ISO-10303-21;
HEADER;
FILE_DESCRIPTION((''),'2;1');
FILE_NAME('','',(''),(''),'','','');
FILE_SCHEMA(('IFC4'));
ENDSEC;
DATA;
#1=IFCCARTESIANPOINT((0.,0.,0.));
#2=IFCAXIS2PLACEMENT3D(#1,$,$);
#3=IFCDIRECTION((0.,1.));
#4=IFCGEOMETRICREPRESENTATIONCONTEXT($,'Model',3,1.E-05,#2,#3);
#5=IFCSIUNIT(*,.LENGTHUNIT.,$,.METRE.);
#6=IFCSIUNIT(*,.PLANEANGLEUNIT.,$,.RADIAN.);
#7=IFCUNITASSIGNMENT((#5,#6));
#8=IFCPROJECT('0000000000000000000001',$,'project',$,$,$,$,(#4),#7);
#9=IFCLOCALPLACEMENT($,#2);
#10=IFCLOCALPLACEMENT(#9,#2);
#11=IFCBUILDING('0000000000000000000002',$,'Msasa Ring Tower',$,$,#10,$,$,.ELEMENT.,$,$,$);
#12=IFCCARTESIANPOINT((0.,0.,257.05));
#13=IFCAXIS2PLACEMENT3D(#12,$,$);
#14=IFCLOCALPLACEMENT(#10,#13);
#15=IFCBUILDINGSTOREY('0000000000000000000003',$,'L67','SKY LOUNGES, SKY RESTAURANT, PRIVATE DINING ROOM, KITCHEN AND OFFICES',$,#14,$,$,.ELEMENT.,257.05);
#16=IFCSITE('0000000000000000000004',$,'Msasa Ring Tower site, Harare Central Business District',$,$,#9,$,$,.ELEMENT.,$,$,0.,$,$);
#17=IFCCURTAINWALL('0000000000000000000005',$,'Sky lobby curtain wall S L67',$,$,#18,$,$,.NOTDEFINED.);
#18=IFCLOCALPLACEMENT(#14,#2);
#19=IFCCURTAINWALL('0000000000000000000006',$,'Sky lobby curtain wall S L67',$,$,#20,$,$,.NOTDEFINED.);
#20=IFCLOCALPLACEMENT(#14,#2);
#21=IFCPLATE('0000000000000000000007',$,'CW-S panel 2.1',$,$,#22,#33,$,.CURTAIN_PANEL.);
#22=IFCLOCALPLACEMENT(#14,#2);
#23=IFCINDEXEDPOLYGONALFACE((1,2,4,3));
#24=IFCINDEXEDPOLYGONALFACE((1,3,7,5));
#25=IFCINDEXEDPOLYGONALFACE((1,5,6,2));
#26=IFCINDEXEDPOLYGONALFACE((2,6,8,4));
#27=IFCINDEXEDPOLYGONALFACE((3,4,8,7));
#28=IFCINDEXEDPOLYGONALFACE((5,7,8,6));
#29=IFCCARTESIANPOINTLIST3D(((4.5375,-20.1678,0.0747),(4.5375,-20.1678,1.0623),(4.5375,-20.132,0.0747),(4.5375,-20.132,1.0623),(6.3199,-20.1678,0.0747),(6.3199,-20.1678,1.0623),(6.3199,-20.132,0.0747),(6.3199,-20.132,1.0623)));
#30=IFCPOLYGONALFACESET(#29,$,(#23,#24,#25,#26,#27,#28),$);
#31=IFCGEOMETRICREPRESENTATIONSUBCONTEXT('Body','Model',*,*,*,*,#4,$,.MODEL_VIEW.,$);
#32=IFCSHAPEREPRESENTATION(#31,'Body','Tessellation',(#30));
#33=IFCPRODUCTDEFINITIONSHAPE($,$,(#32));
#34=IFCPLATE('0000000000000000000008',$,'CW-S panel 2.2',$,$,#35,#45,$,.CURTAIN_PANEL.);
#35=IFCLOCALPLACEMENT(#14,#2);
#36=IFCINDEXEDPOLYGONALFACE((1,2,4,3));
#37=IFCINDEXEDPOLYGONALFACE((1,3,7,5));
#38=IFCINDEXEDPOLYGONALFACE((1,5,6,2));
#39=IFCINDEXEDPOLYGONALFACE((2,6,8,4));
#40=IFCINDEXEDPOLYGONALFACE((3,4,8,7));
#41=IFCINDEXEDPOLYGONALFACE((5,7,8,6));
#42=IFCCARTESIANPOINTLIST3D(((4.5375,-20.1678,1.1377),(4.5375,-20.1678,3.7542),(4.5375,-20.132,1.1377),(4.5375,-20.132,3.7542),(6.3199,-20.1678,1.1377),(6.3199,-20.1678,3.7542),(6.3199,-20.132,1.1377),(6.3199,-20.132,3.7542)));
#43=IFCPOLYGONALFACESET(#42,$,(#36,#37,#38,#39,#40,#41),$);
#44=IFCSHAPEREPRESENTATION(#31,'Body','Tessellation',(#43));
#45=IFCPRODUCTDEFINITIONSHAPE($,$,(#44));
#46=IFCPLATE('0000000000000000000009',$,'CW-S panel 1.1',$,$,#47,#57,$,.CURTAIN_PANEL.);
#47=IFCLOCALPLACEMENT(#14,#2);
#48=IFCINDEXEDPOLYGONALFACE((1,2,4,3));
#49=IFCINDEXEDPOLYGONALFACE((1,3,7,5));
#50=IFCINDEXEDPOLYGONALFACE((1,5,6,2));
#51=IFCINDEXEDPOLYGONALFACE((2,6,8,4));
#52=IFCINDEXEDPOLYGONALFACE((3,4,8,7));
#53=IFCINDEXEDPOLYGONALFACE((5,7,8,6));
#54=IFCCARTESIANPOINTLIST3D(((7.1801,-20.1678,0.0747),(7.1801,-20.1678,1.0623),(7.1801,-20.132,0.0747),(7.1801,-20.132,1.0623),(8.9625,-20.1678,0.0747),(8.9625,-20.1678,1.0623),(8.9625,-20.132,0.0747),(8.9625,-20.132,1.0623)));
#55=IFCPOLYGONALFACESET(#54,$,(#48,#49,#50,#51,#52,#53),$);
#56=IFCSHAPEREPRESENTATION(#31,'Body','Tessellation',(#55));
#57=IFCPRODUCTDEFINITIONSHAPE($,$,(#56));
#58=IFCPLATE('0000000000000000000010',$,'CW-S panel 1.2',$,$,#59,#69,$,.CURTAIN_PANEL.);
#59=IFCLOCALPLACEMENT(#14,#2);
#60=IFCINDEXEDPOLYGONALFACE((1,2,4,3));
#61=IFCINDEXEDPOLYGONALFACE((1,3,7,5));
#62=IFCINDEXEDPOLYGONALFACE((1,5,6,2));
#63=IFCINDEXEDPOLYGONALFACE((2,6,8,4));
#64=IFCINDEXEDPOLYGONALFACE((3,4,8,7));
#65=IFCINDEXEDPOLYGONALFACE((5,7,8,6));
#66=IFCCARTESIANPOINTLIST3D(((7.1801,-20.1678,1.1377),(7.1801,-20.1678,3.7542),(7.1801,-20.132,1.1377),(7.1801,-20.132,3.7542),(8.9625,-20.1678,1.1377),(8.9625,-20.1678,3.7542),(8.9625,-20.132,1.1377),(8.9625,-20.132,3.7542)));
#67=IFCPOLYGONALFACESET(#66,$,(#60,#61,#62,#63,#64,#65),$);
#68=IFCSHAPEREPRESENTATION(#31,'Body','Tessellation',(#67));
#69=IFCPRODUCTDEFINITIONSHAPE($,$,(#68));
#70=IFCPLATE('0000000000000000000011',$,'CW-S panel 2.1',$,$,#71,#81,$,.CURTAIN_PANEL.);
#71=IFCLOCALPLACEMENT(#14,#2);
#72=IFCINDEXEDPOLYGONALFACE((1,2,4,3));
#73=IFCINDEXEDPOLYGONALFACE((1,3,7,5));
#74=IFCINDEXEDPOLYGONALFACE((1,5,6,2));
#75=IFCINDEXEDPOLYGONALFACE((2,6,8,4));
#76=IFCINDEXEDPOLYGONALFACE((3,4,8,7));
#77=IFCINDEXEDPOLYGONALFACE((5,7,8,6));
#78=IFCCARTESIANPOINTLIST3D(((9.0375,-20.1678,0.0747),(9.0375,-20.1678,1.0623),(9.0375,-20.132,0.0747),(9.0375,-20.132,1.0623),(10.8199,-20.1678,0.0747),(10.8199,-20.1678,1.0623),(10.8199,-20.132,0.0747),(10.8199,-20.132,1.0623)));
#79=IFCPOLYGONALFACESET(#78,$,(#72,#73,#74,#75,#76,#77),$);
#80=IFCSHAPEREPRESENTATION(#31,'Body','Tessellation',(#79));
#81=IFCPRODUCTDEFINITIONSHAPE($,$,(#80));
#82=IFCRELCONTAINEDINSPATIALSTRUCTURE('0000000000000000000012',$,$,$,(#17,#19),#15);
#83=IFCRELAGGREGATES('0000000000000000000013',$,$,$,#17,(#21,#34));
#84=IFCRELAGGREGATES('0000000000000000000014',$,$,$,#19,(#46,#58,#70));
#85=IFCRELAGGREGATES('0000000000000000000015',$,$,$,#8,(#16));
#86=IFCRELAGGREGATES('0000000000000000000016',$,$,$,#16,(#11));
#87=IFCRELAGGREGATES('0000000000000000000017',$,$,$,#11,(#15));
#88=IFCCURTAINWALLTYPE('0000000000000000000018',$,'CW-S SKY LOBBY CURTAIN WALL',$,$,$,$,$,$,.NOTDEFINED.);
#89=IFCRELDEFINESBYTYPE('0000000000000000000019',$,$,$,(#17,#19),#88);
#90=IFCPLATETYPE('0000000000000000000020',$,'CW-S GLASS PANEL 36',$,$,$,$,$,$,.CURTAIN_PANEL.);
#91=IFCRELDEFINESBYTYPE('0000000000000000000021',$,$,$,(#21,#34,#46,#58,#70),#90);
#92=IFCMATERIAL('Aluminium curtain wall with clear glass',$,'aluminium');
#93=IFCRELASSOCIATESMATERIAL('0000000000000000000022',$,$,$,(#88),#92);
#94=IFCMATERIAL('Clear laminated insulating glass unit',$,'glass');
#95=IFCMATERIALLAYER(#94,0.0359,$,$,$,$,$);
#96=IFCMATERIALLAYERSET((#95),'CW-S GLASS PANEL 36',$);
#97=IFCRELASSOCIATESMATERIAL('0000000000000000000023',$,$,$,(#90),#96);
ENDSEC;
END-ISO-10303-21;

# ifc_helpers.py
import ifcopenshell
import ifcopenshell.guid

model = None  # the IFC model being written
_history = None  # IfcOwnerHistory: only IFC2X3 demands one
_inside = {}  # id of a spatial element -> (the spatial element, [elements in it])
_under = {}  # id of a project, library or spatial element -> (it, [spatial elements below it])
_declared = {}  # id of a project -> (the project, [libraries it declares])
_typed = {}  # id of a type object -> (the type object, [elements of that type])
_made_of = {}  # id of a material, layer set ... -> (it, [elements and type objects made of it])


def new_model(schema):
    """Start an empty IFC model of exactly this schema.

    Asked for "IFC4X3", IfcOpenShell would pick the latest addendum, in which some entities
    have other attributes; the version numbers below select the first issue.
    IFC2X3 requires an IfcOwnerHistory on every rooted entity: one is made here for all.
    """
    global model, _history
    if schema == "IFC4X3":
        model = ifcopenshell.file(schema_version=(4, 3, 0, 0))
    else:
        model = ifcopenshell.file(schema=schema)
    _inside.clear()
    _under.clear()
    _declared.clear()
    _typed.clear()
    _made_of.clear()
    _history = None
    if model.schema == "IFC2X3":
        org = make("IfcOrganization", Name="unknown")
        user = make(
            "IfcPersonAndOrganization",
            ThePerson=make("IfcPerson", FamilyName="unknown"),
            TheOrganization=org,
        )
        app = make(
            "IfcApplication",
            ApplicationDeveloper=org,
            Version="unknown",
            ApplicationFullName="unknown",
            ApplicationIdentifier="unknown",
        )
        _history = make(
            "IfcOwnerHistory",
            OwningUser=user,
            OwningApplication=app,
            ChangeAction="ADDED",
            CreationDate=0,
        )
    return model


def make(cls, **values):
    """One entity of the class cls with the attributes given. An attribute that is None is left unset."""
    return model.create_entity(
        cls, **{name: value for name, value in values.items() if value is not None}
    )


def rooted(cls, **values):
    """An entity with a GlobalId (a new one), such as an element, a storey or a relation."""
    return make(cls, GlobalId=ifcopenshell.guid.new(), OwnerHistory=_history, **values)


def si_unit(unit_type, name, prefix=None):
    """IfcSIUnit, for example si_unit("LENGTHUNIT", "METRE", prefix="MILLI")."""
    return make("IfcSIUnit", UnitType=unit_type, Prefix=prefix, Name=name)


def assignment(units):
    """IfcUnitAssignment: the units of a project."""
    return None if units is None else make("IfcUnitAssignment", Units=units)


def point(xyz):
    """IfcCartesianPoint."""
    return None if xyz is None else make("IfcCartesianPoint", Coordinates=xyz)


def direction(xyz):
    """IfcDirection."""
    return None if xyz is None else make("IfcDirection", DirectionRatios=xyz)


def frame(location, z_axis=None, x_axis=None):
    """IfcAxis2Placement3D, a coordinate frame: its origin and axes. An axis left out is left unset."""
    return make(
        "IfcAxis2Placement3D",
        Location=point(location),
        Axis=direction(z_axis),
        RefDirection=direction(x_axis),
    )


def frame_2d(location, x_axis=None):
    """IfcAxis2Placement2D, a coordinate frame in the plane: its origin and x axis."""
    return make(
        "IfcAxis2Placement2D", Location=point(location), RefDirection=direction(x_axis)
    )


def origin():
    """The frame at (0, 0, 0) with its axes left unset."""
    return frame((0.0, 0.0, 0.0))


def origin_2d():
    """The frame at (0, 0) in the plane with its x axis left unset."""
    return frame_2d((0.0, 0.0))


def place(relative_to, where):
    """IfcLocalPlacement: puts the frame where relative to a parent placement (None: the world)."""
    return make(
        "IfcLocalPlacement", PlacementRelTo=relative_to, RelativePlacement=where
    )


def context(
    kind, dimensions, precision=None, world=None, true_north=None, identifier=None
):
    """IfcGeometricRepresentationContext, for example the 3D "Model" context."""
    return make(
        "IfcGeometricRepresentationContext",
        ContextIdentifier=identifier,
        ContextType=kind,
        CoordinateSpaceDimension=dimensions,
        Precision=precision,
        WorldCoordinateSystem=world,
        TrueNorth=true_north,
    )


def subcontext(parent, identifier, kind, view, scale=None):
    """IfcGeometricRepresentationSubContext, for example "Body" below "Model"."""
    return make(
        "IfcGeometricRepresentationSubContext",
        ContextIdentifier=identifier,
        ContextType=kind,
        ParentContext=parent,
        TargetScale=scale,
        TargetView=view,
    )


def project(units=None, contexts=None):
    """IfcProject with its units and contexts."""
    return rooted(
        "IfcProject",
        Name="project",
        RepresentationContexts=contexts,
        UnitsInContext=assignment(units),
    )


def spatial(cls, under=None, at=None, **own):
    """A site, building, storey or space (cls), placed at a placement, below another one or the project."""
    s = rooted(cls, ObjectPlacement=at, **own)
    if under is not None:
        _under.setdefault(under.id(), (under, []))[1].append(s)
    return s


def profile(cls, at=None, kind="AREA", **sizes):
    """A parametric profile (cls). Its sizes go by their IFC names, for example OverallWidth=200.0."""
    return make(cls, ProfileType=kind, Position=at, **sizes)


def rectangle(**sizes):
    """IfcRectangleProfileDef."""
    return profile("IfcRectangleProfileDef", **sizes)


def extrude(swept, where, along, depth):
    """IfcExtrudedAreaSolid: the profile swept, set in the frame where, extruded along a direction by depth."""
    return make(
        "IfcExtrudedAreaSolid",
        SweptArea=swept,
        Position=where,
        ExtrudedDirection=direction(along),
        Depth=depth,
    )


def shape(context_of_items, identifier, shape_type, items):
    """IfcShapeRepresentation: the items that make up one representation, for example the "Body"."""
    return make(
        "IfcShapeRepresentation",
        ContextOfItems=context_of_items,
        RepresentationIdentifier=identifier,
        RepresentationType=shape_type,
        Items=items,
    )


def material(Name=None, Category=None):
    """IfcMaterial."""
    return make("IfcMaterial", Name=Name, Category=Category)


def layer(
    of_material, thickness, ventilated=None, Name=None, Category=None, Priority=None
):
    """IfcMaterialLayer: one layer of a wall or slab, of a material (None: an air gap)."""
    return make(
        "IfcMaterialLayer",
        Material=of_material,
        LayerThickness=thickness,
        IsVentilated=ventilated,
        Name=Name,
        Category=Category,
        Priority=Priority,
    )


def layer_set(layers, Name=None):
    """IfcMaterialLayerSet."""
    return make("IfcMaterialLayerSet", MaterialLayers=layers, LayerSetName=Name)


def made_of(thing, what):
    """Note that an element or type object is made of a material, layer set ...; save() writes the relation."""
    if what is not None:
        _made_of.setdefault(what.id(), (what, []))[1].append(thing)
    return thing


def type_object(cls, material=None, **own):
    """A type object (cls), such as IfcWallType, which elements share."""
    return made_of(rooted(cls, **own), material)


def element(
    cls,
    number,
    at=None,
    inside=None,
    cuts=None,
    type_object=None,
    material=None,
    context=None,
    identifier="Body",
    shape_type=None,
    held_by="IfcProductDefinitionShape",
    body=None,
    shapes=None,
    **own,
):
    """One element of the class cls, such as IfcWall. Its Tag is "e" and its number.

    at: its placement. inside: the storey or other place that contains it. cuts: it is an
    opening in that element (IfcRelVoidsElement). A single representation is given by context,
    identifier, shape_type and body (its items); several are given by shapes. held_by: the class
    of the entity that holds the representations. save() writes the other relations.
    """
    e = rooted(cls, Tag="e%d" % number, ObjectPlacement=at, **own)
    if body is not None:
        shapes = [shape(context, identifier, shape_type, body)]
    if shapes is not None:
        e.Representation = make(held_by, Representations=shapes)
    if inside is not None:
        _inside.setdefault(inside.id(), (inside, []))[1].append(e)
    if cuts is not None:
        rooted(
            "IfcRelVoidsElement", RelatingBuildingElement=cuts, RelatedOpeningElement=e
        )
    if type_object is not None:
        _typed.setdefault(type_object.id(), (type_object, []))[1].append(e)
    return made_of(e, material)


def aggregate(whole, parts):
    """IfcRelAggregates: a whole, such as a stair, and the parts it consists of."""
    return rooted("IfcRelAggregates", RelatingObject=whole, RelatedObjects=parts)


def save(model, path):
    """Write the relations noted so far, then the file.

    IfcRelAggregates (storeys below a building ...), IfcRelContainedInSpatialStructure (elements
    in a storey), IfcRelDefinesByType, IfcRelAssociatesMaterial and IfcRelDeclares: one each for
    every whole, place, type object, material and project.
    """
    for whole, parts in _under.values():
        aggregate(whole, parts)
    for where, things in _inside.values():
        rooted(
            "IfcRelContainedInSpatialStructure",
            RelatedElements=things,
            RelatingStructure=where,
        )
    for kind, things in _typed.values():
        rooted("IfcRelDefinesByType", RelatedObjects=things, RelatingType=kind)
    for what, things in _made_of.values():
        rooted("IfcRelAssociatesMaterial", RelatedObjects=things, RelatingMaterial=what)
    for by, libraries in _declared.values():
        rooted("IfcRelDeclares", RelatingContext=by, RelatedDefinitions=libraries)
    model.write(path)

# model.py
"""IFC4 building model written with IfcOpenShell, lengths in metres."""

from ifc_helpers import new_model, si_unit, direction, frame, origin, origin_2d, place, context, subcontext, project, spatial, rectangle, extrude, material, layer, layer_set, type_object, element, aggregate, save


model = new_model("IFC4")

# Units and contexts
model_context = context("Model", 3, precision=1e-05, world=origin(), true_north=direction((0.0, 1.0)))
body_context = subcontext(model_context, "Body", "Model", "MODEL_VIEW")
ifc_project = project(units=[si_unit("LENGTHUNIT", "METRE"), si_unit("PLANEANGLEUNIT", "RADIAN")], contexts=[model_context])

# Site, building, storey
site_placement = place(None, origin())
site = spatial("IfcSite", under=ifc_project, at=site_placement, Name="Msasa Ring Tower site, Harare Central Business District", CompositionType="ELEMENT", RefElevation=0.0)
building_placement = place(site_placement, origin())
building = spatial("IfcBuilding", under=site, at=building_placement, Name="Msasa Ring Tower", CompositionType="ELEMENT")
storey_placement = place(building_placement, frame((0.0, 0.0, 257.05)))
storey = spatial("IfcBuildingStorey", under=building, at=storey_placement, Name="L67", Description="SKY LOUNGES, SKY RESTAURANT, PRIVATE DINING ROOM, KITCHEN AND OFFICES", CompositionType="ELEMENT", Elevation=257.05)

# Shared definitions
ifc_material_1 = material(Name="Aluminium curtain wall with clear glass", Category="aluminium")
curtain_wall_type = type_object("IfcCurtainWallType", Name="CW-S SKY LOBBY CURTAIN WALL", PredefinedType="NOTDEFINED", material=ifc_material_1)

# Curtain walls
curtain_wall_1_placement = place(storey_placement, origin())
curtain_wall_1 = element("IfcCurtainWall", 1, at=curtain_wall_1_placement, inside=storey, type_object=curtain_wall_type, Name="Sky lobby curtain wall S L67", PredefinedType="NOTDEFINED")
curtain_wall_2_placement = place(storey_placement, origin())
curtain_wall_2 = element("IfcCurtainWall", 2, at=curtain_wall_2_placement, inside=storey, type_object=curtain_wall_type, Name="Sky lobby curtain wall S L67", PredefinedType="NOTDEFINED")

# Plates
ifc_material_2 = material(Name="Clear laminated insulating glass unit", Category="glass")
ifc_layer = layer(ifc_material_2, 0.0359)
ifc_layer_set = layer_set([ifc_layer], Name="CW-S GLASS PANEL 36")
plate_type = type_object("IfcPlateType", Name="CW-S GLASS PANEL 36", PredefinedType="CURTAIN_PANEL", material=ifc_layer_set)
plate_1_placement = place(storey_placement, frame((5.4287, -20.1499, 0.0747), z_axis=(0.0, 0.0, 1.0), x_axis=(1.0, 0.0, 0.0)))
plate_1 = element("IfcPlate", 3, at=plate_1_placement, type_object=plate_type, Name="CW-S panel 2.1", PredefinedType="CURTAIN_PANEL", context=body_context, shape_type="SweptSolid", body=[
    extrude(rectangle(XDim=1.7825, YDim=0.0359, at=origin_2d()), origin(), (0.0, 0.0, 1.0), 0.9875),
])
plate_2_placement = place(storey_placement, frame((5.4287, -20.1499, 1.1377), z_axis=(0.0, 0.0, 1.0), x_axis=(1.0, 0.0, 0.0)))
plate_2 = element("IfcPlate", 4, at=plate_2_placement, type_object=plate_type, Name="CW-S panel 2.2", PredefinedType="CURTAIN_PANEL", context=body_context, shape_type="SweptSolid", body=[
    extrude(rectangle(XDim=1.7825, YDim=0.0359, at=origin_2d()), origin(), (0.0, 0.0, 1.0), 2.6165),
])
aggregate(curtain_wall_1, [plate_1, plate_2])
plate_3_placement = place(storey_placement, frame((8.0713, -20.1499, 0.0747), z_axis=(0.0, 0.0, 1.0), x_axis=(1.0, 0.0, 0.0)))
plate_3 = element("IfcPlate", 5, at=plate_3_placement, type_object=plate_type, Name="CW-S panel 1.1", PredefinedType="CURTAIN_PANEL", context=body_context, shape_type="SweptSolid", body=[
    extrude(rectangle(XDim=1.7825, YDim=0.0359, at=origin_2d()), origin(), (0.0, 0.0, 1.0), 0.9875),
])
plate_4_placement = place(storey_placement, frame((8.0713, -20.1499, 1.1377), z_axis=(0.0, 0.0, 1.0), x_axis=(1.0, 0.0, 0.0)))
plate_4 = element("IfcPlate", 6, at=plate_4_placement, type_object=plate_type, Name="CW-S panel 1.2", PredefinedType="CURTAIN_PANEL", context=body_context, shape_type="SweptSolid", body=[
    extrude(rectangle(XDim=1.7825, YDim=0.0359, at=origin_2d()), origin(), (0.0, 0.0, 1.0), 2.6165),
])
plate_5_placement = place(storey_placement, frame((9.9287, -20.1499, 0.0747), z_axis=(0.0, 0.0, 1.0), x_axis=(1.0, 0.0, 0.0)))
plate_5 = element("IfcPlate", 7, at=plate_5_placement, type_object=plate_type, Name="CW-S panel 2.1", PredefinedType="CURTAIN_PANEL", context=body_context, shape_type="SweptSolid", body=[
    extrude(rectangle(XDim=1.7825, YDim=0.0359, at=origin_2d()), origin(), (0.0, 0.0, 1.0), 0.9875),
])
aggregate(curtain_wall_2, [plate_3, plate_4, plate_5])

save(model, "model.ifc")
